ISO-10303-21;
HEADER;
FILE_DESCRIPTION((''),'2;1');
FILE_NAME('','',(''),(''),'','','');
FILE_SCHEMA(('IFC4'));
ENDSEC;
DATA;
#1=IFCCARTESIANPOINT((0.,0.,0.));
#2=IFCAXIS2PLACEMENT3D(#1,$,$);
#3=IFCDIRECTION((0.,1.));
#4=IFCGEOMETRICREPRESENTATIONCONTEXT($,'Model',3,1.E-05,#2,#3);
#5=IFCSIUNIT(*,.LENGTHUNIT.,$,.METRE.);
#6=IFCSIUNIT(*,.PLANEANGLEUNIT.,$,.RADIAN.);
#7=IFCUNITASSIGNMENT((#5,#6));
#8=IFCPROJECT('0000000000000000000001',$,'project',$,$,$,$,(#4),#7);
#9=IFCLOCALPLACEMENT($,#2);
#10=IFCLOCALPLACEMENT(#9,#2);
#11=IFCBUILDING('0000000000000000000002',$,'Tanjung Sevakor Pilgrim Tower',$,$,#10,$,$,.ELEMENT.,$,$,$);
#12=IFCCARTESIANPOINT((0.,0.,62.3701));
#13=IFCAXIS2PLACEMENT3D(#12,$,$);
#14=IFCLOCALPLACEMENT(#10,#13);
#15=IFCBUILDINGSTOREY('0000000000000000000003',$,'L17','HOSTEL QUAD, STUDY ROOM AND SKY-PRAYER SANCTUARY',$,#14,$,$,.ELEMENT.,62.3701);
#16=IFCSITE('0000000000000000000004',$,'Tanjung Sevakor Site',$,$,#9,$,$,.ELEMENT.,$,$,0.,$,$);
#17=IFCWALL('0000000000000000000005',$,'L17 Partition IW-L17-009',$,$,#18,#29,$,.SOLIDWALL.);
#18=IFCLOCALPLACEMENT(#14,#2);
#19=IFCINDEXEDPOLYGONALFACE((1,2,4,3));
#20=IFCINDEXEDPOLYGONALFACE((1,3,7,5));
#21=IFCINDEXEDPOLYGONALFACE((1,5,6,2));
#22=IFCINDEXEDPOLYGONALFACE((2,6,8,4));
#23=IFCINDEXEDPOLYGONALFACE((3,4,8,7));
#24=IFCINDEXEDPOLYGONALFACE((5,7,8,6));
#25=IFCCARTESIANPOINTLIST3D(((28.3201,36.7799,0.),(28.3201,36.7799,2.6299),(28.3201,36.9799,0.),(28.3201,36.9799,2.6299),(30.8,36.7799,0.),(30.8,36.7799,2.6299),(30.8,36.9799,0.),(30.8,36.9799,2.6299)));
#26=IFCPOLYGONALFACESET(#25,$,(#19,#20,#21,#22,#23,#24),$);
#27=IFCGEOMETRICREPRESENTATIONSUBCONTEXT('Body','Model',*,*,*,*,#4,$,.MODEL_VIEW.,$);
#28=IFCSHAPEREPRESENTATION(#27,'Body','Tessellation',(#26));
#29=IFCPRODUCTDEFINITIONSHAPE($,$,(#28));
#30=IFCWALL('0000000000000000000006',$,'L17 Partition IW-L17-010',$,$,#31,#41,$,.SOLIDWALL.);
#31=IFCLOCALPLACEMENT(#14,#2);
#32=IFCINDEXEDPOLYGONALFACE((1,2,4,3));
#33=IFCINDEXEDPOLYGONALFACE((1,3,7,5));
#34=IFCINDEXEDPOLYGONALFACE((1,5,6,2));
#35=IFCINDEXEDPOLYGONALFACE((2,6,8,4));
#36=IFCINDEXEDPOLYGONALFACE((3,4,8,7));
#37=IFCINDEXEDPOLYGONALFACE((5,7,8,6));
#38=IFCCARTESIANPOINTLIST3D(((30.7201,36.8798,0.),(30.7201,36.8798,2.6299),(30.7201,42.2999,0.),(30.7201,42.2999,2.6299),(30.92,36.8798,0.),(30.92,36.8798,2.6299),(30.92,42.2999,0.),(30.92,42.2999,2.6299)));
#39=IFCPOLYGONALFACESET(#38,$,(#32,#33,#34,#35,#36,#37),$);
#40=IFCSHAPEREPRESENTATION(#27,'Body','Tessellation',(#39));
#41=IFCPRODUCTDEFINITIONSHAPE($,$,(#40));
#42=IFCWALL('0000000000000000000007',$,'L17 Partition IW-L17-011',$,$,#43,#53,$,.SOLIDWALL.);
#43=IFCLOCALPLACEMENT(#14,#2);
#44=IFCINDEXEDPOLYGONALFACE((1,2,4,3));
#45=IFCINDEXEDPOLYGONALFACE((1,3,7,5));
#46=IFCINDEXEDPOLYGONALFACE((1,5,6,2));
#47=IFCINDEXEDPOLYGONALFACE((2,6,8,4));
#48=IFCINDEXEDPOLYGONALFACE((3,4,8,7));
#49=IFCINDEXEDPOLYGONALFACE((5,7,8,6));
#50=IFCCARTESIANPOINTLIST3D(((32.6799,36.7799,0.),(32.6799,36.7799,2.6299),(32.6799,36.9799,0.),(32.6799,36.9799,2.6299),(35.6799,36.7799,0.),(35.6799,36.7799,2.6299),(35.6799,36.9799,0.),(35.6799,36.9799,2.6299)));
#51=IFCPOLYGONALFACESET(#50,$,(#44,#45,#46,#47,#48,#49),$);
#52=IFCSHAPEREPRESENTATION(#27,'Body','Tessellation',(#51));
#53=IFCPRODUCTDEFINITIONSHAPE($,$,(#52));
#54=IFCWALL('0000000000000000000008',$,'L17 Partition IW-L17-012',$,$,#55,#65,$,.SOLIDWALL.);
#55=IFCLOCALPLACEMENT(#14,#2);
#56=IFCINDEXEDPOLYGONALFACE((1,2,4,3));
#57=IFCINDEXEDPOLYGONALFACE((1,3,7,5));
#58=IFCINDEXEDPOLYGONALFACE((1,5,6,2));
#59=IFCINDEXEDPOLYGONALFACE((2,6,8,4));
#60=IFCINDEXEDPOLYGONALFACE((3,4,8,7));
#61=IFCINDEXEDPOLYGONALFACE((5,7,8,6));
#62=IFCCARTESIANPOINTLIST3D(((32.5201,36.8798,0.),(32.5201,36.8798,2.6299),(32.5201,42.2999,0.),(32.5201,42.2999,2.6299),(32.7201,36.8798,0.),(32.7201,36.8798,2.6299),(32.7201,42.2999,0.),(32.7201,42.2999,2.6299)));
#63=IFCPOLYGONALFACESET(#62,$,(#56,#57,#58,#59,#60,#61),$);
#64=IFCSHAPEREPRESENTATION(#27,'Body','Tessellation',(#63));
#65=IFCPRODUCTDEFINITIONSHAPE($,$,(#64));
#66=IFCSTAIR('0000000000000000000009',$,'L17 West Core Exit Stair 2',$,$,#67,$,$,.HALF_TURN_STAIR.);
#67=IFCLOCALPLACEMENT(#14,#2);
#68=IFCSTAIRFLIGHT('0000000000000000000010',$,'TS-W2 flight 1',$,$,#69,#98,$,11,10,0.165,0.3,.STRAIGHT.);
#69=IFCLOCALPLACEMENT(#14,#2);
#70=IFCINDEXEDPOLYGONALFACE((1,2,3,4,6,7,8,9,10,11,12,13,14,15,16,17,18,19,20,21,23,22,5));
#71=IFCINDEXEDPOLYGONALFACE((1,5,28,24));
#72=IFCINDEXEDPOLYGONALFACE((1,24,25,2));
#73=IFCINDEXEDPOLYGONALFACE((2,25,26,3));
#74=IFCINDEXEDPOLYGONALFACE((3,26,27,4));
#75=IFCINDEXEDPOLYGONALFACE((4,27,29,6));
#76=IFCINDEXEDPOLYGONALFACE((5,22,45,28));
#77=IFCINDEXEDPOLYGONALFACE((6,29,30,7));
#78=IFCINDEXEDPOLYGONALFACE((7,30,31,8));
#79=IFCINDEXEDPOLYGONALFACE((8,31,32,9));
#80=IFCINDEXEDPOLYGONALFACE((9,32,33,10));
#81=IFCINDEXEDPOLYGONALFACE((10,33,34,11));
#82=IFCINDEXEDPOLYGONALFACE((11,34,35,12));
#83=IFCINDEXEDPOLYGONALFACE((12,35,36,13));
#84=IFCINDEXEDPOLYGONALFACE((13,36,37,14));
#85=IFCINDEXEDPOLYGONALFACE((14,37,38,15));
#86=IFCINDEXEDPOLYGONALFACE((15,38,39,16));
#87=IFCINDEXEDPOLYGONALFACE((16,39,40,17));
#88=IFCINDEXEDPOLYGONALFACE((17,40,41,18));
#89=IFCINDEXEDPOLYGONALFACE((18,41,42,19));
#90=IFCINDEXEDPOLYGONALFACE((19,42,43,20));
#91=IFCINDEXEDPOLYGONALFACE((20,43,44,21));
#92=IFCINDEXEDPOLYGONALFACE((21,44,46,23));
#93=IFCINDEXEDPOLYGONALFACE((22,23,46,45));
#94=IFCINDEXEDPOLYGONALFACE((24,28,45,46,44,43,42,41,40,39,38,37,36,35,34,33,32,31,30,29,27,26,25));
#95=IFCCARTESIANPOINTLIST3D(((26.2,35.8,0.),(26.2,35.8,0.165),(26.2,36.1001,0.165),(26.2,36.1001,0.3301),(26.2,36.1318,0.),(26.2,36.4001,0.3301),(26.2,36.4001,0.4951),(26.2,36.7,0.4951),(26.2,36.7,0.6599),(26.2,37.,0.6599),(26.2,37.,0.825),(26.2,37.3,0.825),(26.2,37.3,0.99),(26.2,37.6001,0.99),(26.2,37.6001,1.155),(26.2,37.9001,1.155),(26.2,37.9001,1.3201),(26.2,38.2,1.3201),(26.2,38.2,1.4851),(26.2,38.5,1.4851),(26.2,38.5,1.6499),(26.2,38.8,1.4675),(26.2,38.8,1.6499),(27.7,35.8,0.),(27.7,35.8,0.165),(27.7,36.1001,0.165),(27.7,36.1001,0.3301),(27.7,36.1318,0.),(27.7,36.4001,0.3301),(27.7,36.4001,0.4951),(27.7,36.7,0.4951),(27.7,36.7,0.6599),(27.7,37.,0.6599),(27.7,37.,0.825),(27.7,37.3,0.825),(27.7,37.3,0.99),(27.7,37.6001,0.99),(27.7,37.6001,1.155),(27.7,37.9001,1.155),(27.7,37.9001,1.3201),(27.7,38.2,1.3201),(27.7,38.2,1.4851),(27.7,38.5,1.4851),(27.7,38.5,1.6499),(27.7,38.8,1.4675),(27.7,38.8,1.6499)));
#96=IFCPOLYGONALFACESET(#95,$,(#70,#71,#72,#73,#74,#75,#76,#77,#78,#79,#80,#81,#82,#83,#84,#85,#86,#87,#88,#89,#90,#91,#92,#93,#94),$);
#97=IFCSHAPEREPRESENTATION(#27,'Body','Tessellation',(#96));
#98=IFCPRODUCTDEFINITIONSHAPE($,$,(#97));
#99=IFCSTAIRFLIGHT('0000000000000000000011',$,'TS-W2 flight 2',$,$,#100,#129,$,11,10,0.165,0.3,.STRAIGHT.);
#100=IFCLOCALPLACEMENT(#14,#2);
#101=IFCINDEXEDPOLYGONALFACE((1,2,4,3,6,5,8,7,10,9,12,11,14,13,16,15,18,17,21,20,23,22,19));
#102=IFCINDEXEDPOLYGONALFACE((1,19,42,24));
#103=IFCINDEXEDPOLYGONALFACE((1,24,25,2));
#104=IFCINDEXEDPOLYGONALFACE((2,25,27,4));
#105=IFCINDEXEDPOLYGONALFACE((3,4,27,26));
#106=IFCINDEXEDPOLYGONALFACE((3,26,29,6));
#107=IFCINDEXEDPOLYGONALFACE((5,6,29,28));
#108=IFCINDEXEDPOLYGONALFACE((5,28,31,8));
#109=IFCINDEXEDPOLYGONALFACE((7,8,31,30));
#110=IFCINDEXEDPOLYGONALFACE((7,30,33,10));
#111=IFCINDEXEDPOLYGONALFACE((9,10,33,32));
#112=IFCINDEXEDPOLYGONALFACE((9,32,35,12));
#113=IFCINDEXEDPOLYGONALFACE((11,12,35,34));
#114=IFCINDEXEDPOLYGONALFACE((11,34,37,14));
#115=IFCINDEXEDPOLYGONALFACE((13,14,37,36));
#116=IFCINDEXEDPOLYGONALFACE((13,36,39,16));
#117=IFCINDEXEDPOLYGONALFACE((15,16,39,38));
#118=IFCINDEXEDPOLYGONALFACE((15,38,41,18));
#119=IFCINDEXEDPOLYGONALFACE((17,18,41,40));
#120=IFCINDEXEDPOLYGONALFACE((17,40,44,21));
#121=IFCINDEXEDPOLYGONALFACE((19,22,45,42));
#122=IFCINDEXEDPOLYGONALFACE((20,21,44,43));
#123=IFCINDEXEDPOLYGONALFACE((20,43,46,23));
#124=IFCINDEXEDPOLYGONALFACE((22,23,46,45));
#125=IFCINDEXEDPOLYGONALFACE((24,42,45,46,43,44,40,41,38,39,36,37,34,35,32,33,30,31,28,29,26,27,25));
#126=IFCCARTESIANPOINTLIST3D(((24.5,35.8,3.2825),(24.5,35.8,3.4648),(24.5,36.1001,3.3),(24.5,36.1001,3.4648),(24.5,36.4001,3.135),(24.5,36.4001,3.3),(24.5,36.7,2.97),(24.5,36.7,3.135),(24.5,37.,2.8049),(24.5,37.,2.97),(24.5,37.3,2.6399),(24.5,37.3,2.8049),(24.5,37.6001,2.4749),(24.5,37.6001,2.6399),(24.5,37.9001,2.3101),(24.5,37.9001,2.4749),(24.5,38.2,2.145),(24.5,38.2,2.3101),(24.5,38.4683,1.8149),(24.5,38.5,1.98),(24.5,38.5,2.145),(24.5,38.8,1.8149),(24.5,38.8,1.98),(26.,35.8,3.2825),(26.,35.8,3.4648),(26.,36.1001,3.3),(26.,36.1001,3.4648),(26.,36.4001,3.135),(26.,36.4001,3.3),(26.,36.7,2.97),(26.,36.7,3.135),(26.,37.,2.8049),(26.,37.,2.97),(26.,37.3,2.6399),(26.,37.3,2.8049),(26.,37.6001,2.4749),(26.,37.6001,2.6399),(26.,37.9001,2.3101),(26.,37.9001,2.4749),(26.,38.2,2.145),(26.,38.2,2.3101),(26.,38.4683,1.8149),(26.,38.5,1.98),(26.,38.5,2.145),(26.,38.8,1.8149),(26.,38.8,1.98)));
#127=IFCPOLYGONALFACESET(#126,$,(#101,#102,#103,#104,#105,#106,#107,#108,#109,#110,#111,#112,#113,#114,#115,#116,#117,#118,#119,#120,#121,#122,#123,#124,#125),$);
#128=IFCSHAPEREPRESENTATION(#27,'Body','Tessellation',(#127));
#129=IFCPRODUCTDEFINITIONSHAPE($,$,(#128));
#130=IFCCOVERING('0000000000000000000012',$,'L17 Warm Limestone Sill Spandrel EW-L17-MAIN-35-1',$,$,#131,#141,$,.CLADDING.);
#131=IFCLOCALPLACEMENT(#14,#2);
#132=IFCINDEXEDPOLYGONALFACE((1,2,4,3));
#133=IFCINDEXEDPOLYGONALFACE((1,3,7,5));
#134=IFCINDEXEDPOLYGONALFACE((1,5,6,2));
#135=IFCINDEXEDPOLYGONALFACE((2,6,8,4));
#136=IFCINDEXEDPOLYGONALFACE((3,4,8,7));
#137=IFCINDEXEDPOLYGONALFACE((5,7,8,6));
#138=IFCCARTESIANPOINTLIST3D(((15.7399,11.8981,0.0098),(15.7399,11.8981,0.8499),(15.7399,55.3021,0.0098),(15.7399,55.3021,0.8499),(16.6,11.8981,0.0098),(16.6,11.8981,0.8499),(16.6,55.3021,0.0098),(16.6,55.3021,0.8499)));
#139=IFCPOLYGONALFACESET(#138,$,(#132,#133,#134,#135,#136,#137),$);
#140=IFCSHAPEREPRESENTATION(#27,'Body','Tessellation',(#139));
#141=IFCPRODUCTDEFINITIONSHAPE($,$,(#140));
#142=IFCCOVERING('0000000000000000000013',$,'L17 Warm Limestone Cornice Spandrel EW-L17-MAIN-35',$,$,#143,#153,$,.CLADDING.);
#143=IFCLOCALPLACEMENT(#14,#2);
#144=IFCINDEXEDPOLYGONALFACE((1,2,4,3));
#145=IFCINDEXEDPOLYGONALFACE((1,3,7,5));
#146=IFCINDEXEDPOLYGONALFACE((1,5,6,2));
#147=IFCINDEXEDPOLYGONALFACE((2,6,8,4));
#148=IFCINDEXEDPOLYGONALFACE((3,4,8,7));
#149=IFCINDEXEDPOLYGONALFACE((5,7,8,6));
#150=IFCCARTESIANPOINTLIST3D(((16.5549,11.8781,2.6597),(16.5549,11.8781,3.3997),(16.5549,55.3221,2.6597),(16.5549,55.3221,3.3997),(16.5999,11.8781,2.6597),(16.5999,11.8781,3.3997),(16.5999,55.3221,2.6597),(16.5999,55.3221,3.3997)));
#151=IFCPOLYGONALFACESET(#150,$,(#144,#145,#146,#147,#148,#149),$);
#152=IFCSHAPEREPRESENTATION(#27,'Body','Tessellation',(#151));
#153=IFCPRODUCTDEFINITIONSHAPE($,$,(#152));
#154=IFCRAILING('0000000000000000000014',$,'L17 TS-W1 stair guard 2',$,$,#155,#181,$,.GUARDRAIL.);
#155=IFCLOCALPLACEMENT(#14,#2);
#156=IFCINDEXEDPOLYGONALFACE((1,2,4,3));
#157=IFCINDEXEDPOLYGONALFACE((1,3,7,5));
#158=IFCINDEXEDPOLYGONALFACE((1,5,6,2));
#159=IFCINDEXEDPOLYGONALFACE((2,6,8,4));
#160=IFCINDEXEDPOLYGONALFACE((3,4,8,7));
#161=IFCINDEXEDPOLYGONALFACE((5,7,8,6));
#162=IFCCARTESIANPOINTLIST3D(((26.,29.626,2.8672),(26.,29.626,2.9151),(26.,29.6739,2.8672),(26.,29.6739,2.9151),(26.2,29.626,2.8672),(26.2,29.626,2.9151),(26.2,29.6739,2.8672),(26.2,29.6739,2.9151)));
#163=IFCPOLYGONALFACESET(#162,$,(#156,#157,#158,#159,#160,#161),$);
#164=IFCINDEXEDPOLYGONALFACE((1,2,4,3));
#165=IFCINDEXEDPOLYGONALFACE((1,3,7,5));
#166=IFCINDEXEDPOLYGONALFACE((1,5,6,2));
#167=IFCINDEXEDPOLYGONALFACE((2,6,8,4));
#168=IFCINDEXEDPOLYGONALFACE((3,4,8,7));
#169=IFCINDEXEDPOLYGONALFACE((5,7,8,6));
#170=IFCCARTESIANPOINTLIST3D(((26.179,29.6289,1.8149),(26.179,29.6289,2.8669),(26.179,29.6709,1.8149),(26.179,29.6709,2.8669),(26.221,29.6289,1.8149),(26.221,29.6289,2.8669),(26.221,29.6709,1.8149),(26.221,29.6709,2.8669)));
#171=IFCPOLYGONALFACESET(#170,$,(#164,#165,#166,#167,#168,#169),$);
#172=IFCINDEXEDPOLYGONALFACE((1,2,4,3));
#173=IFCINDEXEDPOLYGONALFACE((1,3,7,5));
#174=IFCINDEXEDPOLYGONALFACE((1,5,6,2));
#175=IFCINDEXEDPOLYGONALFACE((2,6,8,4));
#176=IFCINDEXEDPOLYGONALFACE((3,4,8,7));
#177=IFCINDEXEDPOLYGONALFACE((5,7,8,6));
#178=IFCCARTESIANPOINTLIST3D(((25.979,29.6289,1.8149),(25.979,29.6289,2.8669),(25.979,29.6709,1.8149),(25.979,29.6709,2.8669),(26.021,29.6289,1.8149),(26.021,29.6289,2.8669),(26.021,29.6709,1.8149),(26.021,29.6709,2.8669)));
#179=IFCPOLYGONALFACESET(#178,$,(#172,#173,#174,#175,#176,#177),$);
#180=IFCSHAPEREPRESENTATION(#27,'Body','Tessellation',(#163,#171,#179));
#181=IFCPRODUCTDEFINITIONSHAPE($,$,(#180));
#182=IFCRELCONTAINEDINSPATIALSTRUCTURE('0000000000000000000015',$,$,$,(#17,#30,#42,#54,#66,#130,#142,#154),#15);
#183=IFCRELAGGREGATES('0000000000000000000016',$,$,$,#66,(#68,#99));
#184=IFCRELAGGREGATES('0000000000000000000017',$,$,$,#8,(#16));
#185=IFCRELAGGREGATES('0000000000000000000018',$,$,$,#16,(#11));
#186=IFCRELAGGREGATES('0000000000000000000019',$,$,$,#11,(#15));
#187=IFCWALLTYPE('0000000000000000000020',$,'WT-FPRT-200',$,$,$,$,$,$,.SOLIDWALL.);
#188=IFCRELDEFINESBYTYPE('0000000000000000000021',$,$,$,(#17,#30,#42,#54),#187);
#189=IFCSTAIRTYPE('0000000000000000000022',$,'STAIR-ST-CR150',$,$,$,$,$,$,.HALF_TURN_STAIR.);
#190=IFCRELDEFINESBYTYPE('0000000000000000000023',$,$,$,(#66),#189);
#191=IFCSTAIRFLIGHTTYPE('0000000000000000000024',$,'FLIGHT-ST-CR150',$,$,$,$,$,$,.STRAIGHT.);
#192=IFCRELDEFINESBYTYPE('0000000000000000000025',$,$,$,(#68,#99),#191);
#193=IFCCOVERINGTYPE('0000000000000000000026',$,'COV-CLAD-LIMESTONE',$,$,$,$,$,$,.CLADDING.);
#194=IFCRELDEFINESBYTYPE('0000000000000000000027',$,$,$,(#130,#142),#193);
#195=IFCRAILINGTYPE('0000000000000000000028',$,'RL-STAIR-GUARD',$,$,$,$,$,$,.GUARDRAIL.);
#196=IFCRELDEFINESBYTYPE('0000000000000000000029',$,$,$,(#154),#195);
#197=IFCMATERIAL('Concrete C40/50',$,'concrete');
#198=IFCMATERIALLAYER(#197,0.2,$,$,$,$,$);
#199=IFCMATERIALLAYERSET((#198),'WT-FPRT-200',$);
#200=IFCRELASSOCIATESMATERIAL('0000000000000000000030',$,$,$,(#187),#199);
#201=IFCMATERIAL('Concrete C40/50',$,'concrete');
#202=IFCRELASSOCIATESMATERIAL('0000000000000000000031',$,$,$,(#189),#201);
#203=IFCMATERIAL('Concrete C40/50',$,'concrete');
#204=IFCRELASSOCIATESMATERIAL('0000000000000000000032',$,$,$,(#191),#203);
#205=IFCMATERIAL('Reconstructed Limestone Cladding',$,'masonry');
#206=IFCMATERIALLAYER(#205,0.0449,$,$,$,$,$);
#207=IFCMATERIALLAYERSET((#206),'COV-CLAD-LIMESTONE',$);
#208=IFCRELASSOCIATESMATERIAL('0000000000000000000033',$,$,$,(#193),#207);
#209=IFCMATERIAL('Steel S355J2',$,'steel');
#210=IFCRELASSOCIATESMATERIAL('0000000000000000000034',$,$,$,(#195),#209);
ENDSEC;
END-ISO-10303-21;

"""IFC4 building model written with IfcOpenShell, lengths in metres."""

from ifc_helpers import new_model, si_unit, direction, frame, frame_2d, origin, origin_2d, place, context, subcontext, project, spatial, polyline, rectangle, outline, extrude, material, layer, layer_set, type_object, element, aggregate, save


model = new_model("IFC4")

# Units and contexts
model_context = context("Model", 3, precision=1e-05, world=origin(), true_north=direction((0.0, 1.0)))
body_context = subcontext(model_context, "Body", "Model", "MODEL_VIEW")
ifc_project = project(units=[si_unit("LENGTHUNIT", "METRE"), si_unit("PLANEANGLEUNIT", "RADIAN")], contexts=[model_context])

# Site, building, storey
site_placement = place(None, origin())
site = spatial("IfcSite", under=ifc_project, at=site_placement, Name="Tanjung Sevakor Site", CompositionType="ELEMENT", RefElevation=0.0)
building_placement = place(site_placement, origin())
building = spatial("IfcBuilding", under=site, at=building_placement, Name="Tanjung Sevakor Pilgrim Tower", CompositionType="ELEMENT")
storey_placement = place(building_placement, frame((0.0, 0.0, 62.3701)))
storey = spatial("IfcBuildingStorey", under=building, at=storey_placement, Name="L17", Description="HOSTEL QUAD, STUDY ROOM AND SKY-PRAYER SANCTUARY", CompositionType="ELEMENT", Elevation=62.3701)

# Walls
ifc_material_1 = material(Name="Concrete C40/50", Category="concrete")
ifc_layer_1 = layer(ifc_material_1, 0.2)
ifc_layer_set_1 = layer_set([ifc_layer_1], Name="WT-FPRT-200")
wall_type_1 = type_object("IfcWallType", Name="WT-FPRT-200", PredefinedType="SOLIDWALL", material=ifc_layer_set_1)
for number, where, z_axis, x_axis, name in (
    (1, (28.3201, 36.8799, 0.0), (0.0, 0.0, 1.0), (1.0, 0.0, 0.0), "L17 Partition IW-L17-009"),
):
    element("IfcWall", number, at=place(storey_placement, frame(where, z_axis=z_axis, x_axis=x_axis)), inside=storey, type_object=wall_type_1, Name=name, PredefinedType="SOLIDWALL", context=body_context, shape_type="SweptSolid", body=[
        extrude(rectangle(XDim=2.48, YDim=0.2, at=frame_2d((1.24, 0.0))), origin(), (0.0, 0.0, 1.0), 2.6299),
    ])
wall_1_placement = place(storey_placement, frame((30.8201, 36.8799, 0.0), z_axis=(0.0, 0.0, 1.0), x_axis=(0.0, 1.0, 0.0)))
element("IfcWall", 2, at=wall_1_placement, inside=storey, type_object=wall_type_1, Name="L17 Partition IW-L17-010", PredefinedType="SOLIDWALL", context=body_context, shape_type="SweptSolid", body=[
    extrude(rectangle(XDim=5.4202, YDim=0.2, at=frame_2d((2.71, 0.0))), origin(), (0.0, 0.0, 1.0), 2.6299),
])
wall_2_placement = place(storey_placement, frame((32.6799, 36.8799, 0.0), z_axis=(0.0, 0.0, 1.0), x_axis=(1.0, 0.0, 0.0)))
element("IfcWall", 3, at=wall_2_placement, inside=storey, type_object=wall_type_1, Name="L17 Partition IW-L17-011", PredefinedType="SOLIDWALL", context=body_context, shape_type="SweptSolid", body=[
    extrude(rectangle(XDim=3.0, YDim=0.2, at=frame_2d((1.5, 0.0))), origin(), (0.0, 0.0, 1.0), 2.6299),
])
wall_3_placement = place(storey_placement, frame((32.6201, 36.8799, 0.0), z_axis=(0.0, 0.0, 1.0), x_axis=(0.0, 1.0, 0.0)))
element("IfcWall", 4, at=wall_3_placement, inside=storey, type_object=wall_type_1, Name="L17 Partition IW-L17-012", PredefinedType="SOLIDWALL", context=body_context, shape_type="SweptSolid", body=[
    extrude(rectangle(XDim=5.4202, YDim=0.2, at=frame_2d((2.71, 0.0))), origin(), (0.0, 0.0, 1.0), 2.6299),
])

# Stair, stair flights
ifc_material_2 = material(Name="Concrete C40/50", Category="concrete")
stair_type = type_object("IfcStairType", Name="STAIR-ST-CR150", PredefinedType="HALF_TURN_STAIR", material=ifc_material_2)
stair_placement = place(storey_placement, origin())
stair = element("IfcStair", 5, at=stair_placement, inside=storey, type_object=stair_type, Name="L17 West Core Exit Stair 2", PredefinedType="HALF_TURN_STAIR")
ifc_material_3 = material(Name="Concrete C40/50", Category="concrete")
stair_flight_type = type_object("IfcStairFlightType", Name="FLIGHT-ST-CR150", PredefinedType="STRAIGHT", material=ifc_material_3)
stair_flight_1_placement = place(storey_placement, frame((26.95, 35.8, 0.0), z_axis=(0.0, 0.0, 1.0), x_axis=(0.0, 1.0, 0.0)))
stair_flight_1 = element("IfcStairFlight", 6, at=stair_flight_1_placement, type_object=stair_flight_type, Name="TS-W2 flight 1", NumberOfRisers=11, NumberOfTreads=10, PredefinedType="STRAIGHT", RiserHeight=0.165, TreadLength=0.3, context=body_context, shape_type="SweptSolid", body=[
    extrude(outline(polyline([(0.0, 0.0), (0.0, 0.165), (0.3, 0.165), (0.3, 0.3301), (0.6001, 0.3301), (0.6001, 0.4951), (0.8999, 0.4951), (0.8999, 0.6599), (1.2, 0.6599), (1.2, 0.825), (1.5, 0.825), (1.5, 0.99), (1.8, 0.99), (1.8, 1.155), (2.1001, 1.155), (2.1001, 1.3201), (2.3999, 1.3201), (2.3999, 1.4851), (2.7, 1.4851), (2.7, 1.6499), (3.0, 1.6499), (3.0, 1.8149), (3.0, 1.4675), (0.3318, 0.0), (0.0, 0.0)])), frame((0.0, 0.75, 0.0), z_axis=(0.0, -1.0, 0.0), x_axis=(1.0, 0.0, 0.0)), (0.0, 0.0, 1.0), 1.5),
])
stair_flight_2_placement = place(storey_placement, frame((25.25, 38.8, 1.8149), z_axis=(0.0, 0.0, 1.0), x_axis=(0.0, -1.0, 0.0)))
stair_flight_2 = element("IfcStairFlight", 7, at=stair_flight_2_placement, type_object=stair_flight_type, Name="TS-W2 flight 2", NumberOfRisers=11, NumberOfTreads=10, PredefinedType="STRAIGHT", RiserHeight=0.165, TreadLength=0.3, context=body_context, shape_type="SweptSolid", body=[
    extrude(outline(polyline([(0.0, 0.0), (0.0, 0.165), (0.3, 0.165), (0.3, 0.3301), (0.6001, 0.3301), (0.6001, 0.4951), (0.8999, 0.4951), (0.8999, 0.6599), (1.2, 0.6599), (1.2, 0.825), (1.5, 0.825), (1.5, 0.99), (1.8, 0.99), (1.8, 1.155), (2.1001, 1.155), (2.1001, 1.3201), (2.3999, 1.3201), (2.3999, 1.4851), (2.7, 1.4851), (2.7, 1.6499), (3.0, 1.6499), (3.0, 1.8149), (3.0, 1.4675), (0.3318, 0.0), (0.0, 0.0)])), frame((0.0, 0.75, 0.0), z_axis=(0.0, -1.0, 0.0), x_axis=(1.0, 0.0, 0.0)), (0.0, 0.0, 1.0), 1.5),
])
aggregate(stair, [stair_flight_1, stair_flight_2])

# Coverings
ifc_material_4 = material(Name="Reconstructed Limestone Cladding", Category="masonry")
ifc_layer_2 = layer(ifc_material_4, 0.0449)
ifc_layer_set_2 = layer_set([ifc_layer_2], Name="COV-CLAD-LIMESTONE")
covering_type = type_object("IfcCoveringType", Name="COV-CLAD-LIMESTONE", PredefinedType="CLADDING", material=ifc_layer_set_2)
covering_1_placement = place(storey_placement, frame((16.1699, 33.6001, 0.0098), z_axis=(0.0, 0.0, 1.0), x_axis=(0.0, -1.0, 0.0)))
element("IfcCovering", 8, at=covering_1_placement, inside=storey, type_object=covering_type, Name="L17 Warm Limestone Sill Spandrel EW-L17-MAIN-35-1", PredefinedType="CLADDING", context=body_context, shape_type="SweptSolid", body=[
    extrude(rectangle(XDim=43.4041, YDim=0.8601, at=origin_2d()), origin(), (0.0, 0.0, 1.0), 0.8401),
])
covering_2_placement = place(storey_placement, frame((16.5774, 33.6001, 2.6597), z_axis=(0.0, 0.0, 1.0), x_axis=(0.0, -1.0, 0.0)))
element("IfcCovering", 9, at=covering_2_placement, inside=storey, type_object=covering_type, Name="L17 Warm Limestone Cornice Spandrel EW-L17-MAIN-35", PredefinedType="CLADDING", context=body_context, shape_type="SweptSolid", body=[
    extrude(rectangle(XDim=43.4441, YDim=0.0449, at=origin_2d()), origin(), (0.0, 0.0, 1.0), 0.74),
])

# Railing
ifc_material_5 = material(Name="Steel S355J2", Category="steel")
railing_type_1 = type_object("IfcRailingType", Name="RL-STAIR-GUARD", PredefinedType="GUARDRAIL", material=ifc_material_5)
railing_1_placement = place(storey_placement, frame((26.2, 29.6499, 1.8149)))
element("IfcRailing", 10, at=railing_1_placement, inside=storey, type_object=railing_type_1, Name="L17 TS-W1 stair guard 2", PredefinedType="GUARDRAIL", context=body_context, shape_type="SweptSolid", body=[
    extrude(rectangle(XDim=0.0479, YDim=0.0479), frame((0.0, 0.0, 1.0762), z_axis=(-1.0, 0.0, 0.0), x_axis=(0.0, -1.0, 0.0)), (0.0, 0.0, 1.0), 0.2),
    extrude(rectangle(XDim=0.042, YDim=0.042), origin(), (0.0, 0.0, 1.0), 1.052),
    extrude(rectangle(XDim=0.042, YDim=0.042), frame((-0.2, 0.0, 0.0)), (0.0, 0.0, 1.0), 1.052),
])

save(model, "model.ifc")
